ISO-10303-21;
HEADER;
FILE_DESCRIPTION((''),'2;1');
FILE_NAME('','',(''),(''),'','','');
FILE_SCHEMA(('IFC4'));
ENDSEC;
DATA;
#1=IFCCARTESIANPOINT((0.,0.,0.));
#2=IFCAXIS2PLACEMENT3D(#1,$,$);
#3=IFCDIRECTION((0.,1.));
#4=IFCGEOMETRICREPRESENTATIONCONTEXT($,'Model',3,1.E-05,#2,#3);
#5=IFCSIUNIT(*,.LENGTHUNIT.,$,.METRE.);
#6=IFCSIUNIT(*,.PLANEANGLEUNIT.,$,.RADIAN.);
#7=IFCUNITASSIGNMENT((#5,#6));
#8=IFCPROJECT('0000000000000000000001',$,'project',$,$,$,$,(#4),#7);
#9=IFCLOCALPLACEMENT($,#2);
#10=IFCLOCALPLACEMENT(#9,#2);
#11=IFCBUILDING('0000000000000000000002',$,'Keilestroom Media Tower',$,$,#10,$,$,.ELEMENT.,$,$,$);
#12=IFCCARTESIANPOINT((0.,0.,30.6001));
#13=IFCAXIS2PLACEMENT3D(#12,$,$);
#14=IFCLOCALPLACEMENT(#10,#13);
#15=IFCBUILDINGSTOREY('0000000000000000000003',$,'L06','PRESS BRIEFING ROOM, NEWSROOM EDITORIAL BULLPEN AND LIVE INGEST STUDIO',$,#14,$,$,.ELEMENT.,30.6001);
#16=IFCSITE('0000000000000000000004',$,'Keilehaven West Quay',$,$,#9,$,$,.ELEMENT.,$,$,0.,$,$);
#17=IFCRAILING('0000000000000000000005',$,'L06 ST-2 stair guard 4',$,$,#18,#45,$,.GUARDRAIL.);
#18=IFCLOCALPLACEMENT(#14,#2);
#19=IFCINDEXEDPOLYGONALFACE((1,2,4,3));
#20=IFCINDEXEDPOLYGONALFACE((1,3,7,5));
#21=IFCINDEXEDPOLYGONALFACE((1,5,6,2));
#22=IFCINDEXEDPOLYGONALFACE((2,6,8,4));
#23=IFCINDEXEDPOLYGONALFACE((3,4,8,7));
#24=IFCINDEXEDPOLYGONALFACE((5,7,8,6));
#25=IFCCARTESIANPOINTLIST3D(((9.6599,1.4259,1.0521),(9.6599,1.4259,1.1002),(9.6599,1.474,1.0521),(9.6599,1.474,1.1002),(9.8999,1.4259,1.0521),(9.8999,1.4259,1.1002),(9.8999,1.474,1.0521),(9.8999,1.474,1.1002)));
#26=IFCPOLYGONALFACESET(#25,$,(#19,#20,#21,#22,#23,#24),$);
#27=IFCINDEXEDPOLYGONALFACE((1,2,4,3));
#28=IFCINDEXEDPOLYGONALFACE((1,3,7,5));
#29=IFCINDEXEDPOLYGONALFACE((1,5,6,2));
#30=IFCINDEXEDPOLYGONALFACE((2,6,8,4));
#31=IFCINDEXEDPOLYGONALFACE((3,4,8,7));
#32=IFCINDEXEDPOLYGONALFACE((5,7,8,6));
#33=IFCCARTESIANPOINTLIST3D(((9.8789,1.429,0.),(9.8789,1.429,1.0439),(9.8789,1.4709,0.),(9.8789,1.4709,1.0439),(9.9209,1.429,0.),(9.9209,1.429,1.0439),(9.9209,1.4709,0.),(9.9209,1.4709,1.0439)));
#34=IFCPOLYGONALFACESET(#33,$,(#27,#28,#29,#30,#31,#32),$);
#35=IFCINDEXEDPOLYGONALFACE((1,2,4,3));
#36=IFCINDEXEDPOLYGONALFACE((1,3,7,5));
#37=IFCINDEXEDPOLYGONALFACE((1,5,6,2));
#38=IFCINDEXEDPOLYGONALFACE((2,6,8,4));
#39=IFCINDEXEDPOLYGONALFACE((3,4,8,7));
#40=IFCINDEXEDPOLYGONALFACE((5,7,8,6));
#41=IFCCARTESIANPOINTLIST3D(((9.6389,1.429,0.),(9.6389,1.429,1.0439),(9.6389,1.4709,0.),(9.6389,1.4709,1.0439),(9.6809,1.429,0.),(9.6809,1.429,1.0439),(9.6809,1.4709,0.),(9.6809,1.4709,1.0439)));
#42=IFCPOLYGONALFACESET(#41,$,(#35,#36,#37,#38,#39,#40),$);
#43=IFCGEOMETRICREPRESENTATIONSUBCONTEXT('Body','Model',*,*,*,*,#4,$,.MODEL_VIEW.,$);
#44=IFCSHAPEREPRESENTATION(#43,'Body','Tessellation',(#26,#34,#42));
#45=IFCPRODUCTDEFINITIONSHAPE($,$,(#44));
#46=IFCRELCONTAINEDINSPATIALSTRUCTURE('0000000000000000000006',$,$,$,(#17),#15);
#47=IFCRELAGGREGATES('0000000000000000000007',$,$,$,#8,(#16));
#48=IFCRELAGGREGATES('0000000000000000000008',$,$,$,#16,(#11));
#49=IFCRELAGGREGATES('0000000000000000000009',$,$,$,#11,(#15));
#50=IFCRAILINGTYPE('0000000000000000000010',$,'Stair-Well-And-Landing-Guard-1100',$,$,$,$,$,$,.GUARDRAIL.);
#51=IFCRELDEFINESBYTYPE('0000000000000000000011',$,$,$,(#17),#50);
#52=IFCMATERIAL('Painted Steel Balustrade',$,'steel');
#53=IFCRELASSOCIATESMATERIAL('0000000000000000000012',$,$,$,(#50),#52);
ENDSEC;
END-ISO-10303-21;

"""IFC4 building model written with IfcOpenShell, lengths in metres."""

from ifc_helpers import new_model, si_unit, direction, frame, origin, origin_2d, place, context, subcontext, project, spatial, rectangle, extrude, material, type_object, element, save


model = new_model("IFC4")

# Units and contexts
model_context = context("Model", 3, precision=1e-05, world=origin(), true_north=direction((0.0, 1.0)))
body_context = subcontext(model_context, "Body", "Model", "MODEL_VIEW")
ifc_project = project(units=[si_unit("LENGTHUNIT", "METRE"), si_unit("PLANEANGLEUNIT", "RADIAN")], contexts=[model_context])

# Site, building, storey
site_placement = place(None, origin())
site = spatial("IfcSite", under=ifc_project, at=site_placement, Name="Keilehaven West Quay", CompositionType="ELEMENT", RefElevation=0.0)
building_placement = place(site_placement, origin())
building = spatial("IfcBuilding", under=site, at=building_placement, Name="Keilestroom Media Tower", CompositionType="ELEMENT")
storey_placement = place(building_placement, frame((0.0, 0.0, 30.6001)))
storey = spatial("IfcBuildingStorey", under=building, at=storey_placement, Name="L06", Description="PRESS BRIEFING ROOM, NEWSROOM EDITORIAL BULLPEN AND LIVE INGEST STUDIO", CompositionType="ELEMENT", Elevation=30.6001)

# Railing
ifc_material_1 = material(Name="Painted Steel Balustrade", Category="steel")
railing_type_1 = type_object("IfcRailingType", Name="Stair-Well-And-Landing-Guard-1100", PredefinedType="GUARDRAIL", material=ifc_material_1)
railing_1_placement = place(storey_placement, frame((9.8999, 1.45, 0.0)))
element("IfcRailing", 1, at=railing_1_placement, inside=storey, type_object=railing_type_1, Name="L06 ST-2 stair guard 4", PredefinedType="GUARDRAIL", context=body_context, shape_type="SweptSolid", body=[
    extrude(rectangle(XDim=0.0481, YDim=0.0481, at=origin_2d()), frame((0.0, 0.0, 1.0762), z_axis=(-1.0, 0.0, 0.0), x_axis=(0.0, -1.0, 0.0)), (0.0, 0.0, 1.0), 0.24),
    extrude(rectangle(XDim=0.042, YDim=0.042, at=origin_2d()), origin(), (0.0, 0.0, 1.0), 1.0439),
    extrude(rectangle(XDim=0.042, YDim=0.042, at=origin_2d()), frame((-0.24, 0.0, 0.0)), (0.0, 0.0, 1.0), 1.0439),
])

save(model, "model.ifc")
